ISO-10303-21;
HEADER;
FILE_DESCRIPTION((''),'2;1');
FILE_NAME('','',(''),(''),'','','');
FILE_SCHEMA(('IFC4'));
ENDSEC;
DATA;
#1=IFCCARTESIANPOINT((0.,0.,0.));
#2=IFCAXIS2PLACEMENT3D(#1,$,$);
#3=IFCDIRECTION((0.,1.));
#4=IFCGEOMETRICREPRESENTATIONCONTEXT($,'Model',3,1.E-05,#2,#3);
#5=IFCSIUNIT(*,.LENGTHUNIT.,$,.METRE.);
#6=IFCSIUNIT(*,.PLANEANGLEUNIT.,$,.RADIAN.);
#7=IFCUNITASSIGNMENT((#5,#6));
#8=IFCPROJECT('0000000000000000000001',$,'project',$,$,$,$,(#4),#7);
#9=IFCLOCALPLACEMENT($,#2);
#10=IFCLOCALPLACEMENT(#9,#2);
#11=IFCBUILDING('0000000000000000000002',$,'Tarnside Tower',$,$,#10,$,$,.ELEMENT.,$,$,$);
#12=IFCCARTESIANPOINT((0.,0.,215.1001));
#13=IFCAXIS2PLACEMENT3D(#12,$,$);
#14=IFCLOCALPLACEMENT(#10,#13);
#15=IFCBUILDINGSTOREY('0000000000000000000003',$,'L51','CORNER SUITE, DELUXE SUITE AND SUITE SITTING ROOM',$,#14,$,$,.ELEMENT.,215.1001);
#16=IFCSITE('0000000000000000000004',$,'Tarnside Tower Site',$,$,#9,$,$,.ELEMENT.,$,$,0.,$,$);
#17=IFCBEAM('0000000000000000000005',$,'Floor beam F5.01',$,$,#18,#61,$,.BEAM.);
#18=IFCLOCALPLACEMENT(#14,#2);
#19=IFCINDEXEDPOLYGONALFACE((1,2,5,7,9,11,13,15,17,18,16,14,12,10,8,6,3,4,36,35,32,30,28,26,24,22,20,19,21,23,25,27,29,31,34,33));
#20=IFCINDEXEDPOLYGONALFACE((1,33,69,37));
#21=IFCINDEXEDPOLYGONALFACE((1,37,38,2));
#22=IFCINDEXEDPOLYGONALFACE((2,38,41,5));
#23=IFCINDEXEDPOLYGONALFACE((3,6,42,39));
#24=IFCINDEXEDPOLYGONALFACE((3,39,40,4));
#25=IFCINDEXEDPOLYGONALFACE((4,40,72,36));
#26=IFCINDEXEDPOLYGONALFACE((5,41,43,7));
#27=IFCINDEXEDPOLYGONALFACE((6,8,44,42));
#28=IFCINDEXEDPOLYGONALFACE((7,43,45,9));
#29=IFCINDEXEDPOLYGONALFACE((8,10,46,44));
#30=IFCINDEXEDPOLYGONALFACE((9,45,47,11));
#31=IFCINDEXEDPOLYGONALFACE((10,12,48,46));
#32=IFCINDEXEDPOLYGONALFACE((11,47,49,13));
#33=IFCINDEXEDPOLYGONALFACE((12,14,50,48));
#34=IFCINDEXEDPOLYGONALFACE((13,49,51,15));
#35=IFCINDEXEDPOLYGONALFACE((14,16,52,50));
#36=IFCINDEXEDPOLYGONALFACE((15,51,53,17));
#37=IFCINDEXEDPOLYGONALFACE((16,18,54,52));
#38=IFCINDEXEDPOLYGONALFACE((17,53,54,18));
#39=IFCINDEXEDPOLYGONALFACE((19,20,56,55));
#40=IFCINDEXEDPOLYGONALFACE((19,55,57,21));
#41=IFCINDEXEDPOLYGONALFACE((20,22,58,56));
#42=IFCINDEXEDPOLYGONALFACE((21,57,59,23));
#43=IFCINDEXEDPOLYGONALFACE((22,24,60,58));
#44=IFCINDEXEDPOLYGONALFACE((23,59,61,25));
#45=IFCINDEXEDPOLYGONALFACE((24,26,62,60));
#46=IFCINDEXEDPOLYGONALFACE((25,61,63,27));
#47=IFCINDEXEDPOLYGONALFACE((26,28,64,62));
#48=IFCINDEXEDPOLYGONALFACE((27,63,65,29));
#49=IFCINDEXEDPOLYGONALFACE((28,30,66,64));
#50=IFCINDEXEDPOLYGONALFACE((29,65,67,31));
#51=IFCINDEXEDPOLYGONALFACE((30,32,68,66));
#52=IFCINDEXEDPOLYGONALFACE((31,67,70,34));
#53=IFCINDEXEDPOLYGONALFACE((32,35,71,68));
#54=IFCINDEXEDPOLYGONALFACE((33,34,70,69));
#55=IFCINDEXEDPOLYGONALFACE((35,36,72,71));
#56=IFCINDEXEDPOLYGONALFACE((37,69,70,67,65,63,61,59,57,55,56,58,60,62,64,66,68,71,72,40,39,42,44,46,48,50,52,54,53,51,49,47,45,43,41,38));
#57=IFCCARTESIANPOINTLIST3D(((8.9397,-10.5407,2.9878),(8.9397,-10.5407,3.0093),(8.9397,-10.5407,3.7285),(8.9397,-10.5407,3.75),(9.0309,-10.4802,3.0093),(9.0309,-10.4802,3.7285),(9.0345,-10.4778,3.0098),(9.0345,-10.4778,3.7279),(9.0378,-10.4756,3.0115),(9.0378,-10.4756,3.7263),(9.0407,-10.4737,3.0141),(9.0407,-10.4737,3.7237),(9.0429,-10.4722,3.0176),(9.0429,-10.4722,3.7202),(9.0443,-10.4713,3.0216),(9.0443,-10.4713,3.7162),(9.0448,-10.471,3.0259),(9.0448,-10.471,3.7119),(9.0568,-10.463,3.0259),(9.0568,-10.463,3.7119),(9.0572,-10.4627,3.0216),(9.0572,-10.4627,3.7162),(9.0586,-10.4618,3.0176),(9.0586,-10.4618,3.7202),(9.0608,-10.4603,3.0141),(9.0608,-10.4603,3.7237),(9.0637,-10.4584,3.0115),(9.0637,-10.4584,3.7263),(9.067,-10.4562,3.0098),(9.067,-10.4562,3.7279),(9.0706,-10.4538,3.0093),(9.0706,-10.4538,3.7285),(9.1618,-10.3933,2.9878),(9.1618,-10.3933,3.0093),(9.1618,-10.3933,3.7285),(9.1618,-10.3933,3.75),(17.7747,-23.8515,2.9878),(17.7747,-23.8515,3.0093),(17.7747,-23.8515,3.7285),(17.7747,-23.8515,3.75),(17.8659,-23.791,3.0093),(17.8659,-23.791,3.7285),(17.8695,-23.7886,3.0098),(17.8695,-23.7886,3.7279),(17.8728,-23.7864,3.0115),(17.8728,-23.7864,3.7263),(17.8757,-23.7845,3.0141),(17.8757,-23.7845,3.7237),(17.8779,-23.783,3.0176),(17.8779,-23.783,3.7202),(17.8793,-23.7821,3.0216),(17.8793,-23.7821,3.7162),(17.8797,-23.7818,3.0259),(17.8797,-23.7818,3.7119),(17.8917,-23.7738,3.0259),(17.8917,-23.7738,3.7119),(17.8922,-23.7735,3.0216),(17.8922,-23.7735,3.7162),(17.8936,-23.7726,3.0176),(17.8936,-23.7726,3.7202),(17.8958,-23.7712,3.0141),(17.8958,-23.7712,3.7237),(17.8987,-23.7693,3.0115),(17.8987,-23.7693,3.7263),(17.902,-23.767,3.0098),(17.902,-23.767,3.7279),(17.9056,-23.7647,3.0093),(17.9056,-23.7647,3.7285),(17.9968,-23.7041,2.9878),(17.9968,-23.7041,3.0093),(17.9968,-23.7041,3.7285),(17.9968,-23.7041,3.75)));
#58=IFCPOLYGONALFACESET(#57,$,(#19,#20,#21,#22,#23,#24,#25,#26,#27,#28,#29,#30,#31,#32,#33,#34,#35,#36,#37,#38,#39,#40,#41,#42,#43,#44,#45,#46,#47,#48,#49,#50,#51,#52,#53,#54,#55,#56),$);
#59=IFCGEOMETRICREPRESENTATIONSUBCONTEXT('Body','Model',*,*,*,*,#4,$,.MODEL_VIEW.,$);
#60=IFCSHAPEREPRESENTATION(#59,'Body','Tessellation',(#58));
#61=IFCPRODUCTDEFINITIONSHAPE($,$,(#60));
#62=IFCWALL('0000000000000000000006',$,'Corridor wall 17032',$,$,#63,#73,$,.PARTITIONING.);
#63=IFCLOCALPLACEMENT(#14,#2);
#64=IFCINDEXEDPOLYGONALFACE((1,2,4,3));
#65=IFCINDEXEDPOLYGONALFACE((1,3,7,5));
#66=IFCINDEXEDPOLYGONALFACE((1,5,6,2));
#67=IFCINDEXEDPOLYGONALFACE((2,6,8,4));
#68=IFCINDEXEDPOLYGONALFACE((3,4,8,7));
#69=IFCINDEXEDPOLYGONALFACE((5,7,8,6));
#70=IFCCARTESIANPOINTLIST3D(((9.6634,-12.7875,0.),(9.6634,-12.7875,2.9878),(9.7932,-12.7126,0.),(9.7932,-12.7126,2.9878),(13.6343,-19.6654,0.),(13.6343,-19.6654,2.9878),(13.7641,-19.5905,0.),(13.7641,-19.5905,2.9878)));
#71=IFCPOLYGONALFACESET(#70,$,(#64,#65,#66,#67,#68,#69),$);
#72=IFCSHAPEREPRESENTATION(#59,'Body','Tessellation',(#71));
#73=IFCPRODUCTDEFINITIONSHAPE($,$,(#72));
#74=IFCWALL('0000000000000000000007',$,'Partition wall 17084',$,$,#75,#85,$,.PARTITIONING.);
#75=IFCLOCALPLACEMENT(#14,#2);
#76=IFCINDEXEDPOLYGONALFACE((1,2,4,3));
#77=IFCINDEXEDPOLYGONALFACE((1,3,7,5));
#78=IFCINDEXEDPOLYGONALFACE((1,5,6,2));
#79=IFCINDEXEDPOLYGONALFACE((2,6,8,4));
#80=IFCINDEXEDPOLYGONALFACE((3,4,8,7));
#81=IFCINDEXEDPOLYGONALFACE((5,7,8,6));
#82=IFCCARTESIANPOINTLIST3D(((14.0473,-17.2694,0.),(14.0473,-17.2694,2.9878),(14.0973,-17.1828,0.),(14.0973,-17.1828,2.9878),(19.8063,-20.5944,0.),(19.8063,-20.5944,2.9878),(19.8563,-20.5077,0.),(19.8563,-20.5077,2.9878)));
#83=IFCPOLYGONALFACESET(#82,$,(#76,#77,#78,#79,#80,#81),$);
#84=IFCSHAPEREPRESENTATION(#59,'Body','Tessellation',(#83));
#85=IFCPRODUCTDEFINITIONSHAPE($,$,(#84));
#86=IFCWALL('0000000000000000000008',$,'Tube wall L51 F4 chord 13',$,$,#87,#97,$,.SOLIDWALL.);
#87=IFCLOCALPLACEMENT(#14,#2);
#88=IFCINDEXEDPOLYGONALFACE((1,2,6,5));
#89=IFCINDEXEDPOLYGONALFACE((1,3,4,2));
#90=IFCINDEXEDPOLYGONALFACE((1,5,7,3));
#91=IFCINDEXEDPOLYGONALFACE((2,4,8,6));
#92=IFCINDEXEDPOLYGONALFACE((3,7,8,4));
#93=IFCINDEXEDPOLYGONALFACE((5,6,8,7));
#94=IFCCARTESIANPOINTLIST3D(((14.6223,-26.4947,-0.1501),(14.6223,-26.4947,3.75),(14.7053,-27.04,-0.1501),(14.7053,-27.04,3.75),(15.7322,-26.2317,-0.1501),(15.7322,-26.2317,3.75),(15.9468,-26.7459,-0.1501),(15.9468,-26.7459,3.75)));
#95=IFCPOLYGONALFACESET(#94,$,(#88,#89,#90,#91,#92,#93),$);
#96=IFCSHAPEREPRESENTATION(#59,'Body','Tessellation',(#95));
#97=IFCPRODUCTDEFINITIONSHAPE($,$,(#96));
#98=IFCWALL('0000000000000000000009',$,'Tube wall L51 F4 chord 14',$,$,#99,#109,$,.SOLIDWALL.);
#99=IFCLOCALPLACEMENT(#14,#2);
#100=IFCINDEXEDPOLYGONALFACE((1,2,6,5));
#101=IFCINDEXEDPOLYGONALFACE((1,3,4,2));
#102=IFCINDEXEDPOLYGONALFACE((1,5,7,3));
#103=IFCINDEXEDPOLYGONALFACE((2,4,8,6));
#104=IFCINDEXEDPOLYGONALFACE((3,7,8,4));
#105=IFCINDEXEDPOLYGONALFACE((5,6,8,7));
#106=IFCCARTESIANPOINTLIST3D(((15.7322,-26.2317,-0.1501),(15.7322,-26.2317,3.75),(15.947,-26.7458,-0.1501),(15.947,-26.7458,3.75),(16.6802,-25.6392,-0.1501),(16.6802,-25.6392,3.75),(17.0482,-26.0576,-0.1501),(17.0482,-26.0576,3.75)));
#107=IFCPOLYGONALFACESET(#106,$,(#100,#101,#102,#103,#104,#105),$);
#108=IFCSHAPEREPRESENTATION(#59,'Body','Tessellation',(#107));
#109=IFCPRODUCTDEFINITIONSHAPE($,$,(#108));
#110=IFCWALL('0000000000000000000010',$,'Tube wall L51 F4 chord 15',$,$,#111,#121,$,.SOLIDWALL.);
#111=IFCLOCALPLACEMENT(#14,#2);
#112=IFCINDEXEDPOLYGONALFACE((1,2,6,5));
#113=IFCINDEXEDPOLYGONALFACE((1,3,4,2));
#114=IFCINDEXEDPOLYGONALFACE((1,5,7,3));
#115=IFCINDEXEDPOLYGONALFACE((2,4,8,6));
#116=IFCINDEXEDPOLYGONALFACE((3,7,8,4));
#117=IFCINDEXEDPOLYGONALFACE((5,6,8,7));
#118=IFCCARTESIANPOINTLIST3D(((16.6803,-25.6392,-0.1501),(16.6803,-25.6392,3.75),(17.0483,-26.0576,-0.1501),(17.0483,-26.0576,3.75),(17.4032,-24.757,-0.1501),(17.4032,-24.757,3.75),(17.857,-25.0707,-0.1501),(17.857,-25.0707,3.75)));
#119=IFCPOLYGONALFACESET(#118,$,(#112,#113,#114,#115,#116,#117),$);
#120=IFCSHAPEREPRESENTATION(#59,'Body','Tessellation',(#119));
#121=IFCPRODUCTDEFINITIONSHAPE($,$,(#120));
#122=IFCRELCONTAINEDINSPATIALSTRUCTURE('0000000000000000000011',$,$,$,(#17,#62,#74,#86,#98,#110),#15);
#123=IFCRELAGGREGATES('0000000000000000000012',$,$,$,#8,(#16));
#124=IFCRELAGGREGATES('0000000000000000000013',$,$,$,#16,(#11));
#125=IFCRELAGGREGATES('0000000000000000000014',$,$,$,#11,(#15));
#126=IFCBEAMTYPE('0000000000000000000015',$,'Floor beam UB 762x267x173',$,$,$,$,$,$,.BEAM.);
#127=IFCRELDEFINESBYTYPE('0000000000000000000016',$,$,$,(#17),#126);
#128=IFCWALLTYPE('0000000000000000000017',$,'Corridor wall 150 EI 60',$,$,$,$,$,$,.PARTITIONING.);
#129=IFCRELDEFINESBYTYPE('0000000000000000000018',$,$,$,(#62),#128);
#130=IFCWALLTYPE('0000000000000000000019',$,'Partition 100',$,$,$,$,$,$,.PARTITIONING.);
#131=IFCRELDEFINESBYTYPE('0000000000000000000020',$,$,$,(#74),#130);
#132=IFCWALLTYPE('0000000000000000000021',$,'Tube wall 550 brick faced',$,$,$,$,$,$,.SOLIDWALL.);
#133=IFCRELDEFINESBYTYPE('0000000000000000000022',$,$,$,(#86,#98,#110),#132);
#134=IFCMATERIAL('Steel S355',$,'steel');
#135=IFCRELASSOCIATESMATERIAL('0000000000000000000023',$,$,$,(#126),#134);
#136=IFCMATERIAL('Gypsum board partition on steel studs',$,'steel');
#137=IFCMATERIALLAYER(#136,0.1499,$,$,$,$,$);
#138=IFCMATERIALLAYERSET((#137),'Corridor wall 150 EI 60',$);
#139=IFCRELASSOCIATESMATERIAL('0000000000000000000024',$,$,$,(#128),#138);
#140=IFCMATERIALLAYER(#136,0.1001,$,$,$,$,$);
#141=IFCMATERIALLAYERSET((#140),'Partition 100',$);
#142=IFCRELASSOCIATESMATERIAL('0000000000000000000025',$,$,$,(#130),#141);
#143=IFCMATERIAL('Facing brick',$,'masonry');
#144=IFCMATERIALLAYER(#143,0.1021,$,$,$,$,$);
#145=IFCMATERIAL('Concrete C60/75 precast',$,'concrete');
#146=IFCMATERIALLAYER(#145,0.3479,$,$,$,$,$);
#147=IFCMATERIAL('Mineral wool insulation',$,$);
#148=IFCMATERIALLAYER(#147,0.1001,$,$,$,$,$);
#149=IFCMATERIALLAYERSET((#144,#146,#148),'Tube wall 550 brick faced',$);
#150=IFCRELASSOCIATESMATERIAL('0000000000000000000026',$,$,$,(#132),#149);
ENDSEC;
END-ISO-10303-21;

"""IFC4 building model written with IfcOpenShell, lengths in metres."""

from ifc_helpers import new_model, si_unit, direction, frame, frame_2d, origin, origin_2d, place, context, subcontext, project, spatial, polyline, rectangle, i_section, outline, extrude, material, layer, layer_set, material_profile, profile_set, type_object, element, save


model = new_model("IFC4")

# Units and contexts
model_context = context("Model", 3, precision=1e-05, world=origin(), true_north=direction((0.0, 1.0)))
body_context = subcontext(model_context, "Body", "Model", "MODEL_VIEW")
ifc_project = project(units=[si_unit("LENGTHUNIT", "METRE"), si_unit("PLANEANGLEUNIT", "RADIAN")], contexts=[model_context])

# Site, building, storey
site_placement = place(None, origin())
site = spatial("IfcSite", under=ifc_project, at=site_placement, Name="Tarnside Tower Site", CompositionType="ELEMENT", RefElevation=0.0)
building_placement = place(site_placement, origin())
building = spatial("IfcBuilding", under=site, at=building_placement, Name="Tarnside Tower", CompositionType="ELEMENT")
storey_placement = place(building_placement, frame((0.0, 0.0, 215.1001)))
storey = spatial("IfcBuildingStorey", under=building, at=storey_placement, Name="L51", Description="CORNER SUITE, DELUXE SUITE AND SUITE SITTING ROOM", CompositionType="ELEMENT", Elevation=215.1001)

# Beam
ifc_material_1 = material(Name="Steel S355", Category="steel")
ifc_material_profile_1 = material_profile(ifc_material_1, i_section(OverallWidth=0.2666, OverallDepth=0.7622, WebThickness=0.0144, FlangeThickness=0.0215, FilletRadius=0.0166, at=origin_2d()), Name="UB 762x267x173")
ifc_profile_set_1 = profile_set([ifc_material_profile_1], Name="Steel S355")
beam_type_1 = type_object("IfcBeamType", Name="Floor beam UB 762x267x173", PredefinedType="BEAM", material=ifc_profile_set_1)
beam_1_placement = place(storey_placement, frame((17.8857, -23.7778, 3.3689), z_axis=(-0.553013, 0.833172, 0.0), x_axis=(-0.833172, -0.553013, 0.0)))
element("IfcBeam", 1, at=beam_1_placement, inside=storey, type_object=beam_type_1, Name="Floor beam F5.01", PredefinedType="BEAM", context=body_context, shape_type="SweptSolid", body=[
    extrude(i_section(OverallWidth=0.2666, OverallDepth=0.7622, WebThickness=0.0144, FlangeThickness=0.0215, FilletRadius=0.0166, at=origin_2d()), origin(), (0.0, 0.0, 1.0), 15.9761),
])

# Walls
ifc_material_2 = material(Name="Gypsum board partition on steel studs", Category="steel")
ifc_layer_1 = layer(ifc_material_2, 0.1499)
ifc_layer_set_1 = layer_set([ifc_layer_1], Name="Corridor wall 150 EI 60")
wall_type_1 = type_object("IfcWallType", Name="Corridor wall 150 EI 60", PredefinedType="PARTITIONING", material=ifc_layer_set_1)
wall_1_placement = place(storey_placement, frame((13.6992, -19.6279, 0.0), z_axis=(0.0, 0.0, 1.0), x_axis=(-0.499997, 0.866027, 0.0)))
element("IfcWall", 2, at=wall_1_placement, inside=storey, type_object=wall_type_1, Name="Corridor wall 17032", PredefinedType="PARTITIONING", context=body_context, shape_type="SweptSolid", body=[
    extrude(rectangle(XDim=7.9419, YDim=0.1499, at=frame_2d((3.9709, 0.0))), origin(), (0.0, 0.0, 1.0), 2.9878),
])
ifc_layer_2 = layer(ifc_material_2, 0.1001)
ifc_layer_set_2 = layer_set([ifc_layer_2], Name="Partition 100")
wall_type_2 = type_object("IfcWallType", Name="Partition 100", PredefinedType="PARTITIONING", material=ifc_layer_set_2)
wall_2_placement = place(storey_placement, frame((19.8313, -20.551, 0.0), z_axis=(0.0, 0.0, 1.0), x_axis=(-0.866027, 0.499997, 0.0)))
element("IfcWall", 3, at=wall_2_placement, inside=storey, type_object=wall_type_2, Name="Partition wall 17084", PredefinedType="PARTITIONING", context=body_context, shape_type="SweptSolid", body=[
    extrude(rectangle(XDim=6.6499, YDim=0.1001, at=frame_2d((3.325, 0.0))), origin(), (0.0, 0.0, 1.0), 2.9878),
])
ifc_material_3 = material(Name="Facing brick", Category="masonry")
ifc_layer_3 = layer(ifc_material_3, 0.1021)
ifc_material_4 = material(Name="Concrete C60/75 precast", Category="concrete")
ifc_layer_4 = layer(ifc_material_4, 0.3479)
ifc_material_5 = material(Name="Mineral wool insulation")
ifc_layer_5 = layer(ifc_material_5, 0.1001)
ifc_layer_set_3 = layer_set([ifc_layer_3, ifc_layer_4, ifc_layer_5], Name="Tube wall 550 brick faced")
wall_type_3 = type_object("IfcWallType", Name="Tube wall 550 brick faced", PredefinedType="SOLIDWALL", material=ifc_layer_set_3)
wall_3_placement = place(storey_placement, frame((14.6638, -26.7673, -0.1501), z_axis=(0.0, 0.0, 1.0), x_axis=(0.973064, 0.230537, 0.0)))
element("IfcWall", 4, at=wall_3_placement, inside=storey, type_object=wall_type_3, Name="Tube wall L51 F4 chord 13", PredefinedType="SOLIDWALL", context=body_context, shape_type="SweptSolid", body=[
    extrude(outline(polyline([(-0.0225, -0.2749), (1.2534, -0.2749), (1.1631, 0.2749), (0.0225, 0.2749), (-0.0225, -0.2749)])), origin(), (0.0, 0.0, 1.0), 3.9001),
])
wall_4_placement = place(storey_placement, frame((15.8396, -26.4888, -0.1501), z_axis=(0.0, 0.0, 1.0), x_axis=(0.84801, 0.529981, 0.0)))
element("IfcWall", 5, at=wall_4_placement, inside=storey, type_object=wall_type_3, Name="Tube wall L51 F4 chord 14", PredefinedType="SOLIDWALL", context=body_context, shape_type="SweptSolid", body=[
    extrude(outline(polyline([(-0.0452, -0.2749), (1.2534, -0.2749), (1.1631, 0.2749), (0.0452, 0.2749), (-0.0452, -0.2749)])), origin(), (0.0, 0.0, 1.0), 3.9001),
])
wall_5_placement = place(storey_placement, frame((16.8643, -25.8484, -0.1501), z_axis=(0.0, 0.0, 1.0), x_axis=(0.633843, 0.773462, 0.0)))
element("IfcWall", 6, at=wall_5_placement, inside=storey, type_object=wall_type_3, Name="Tube wall L51 F4 chord 15", PredefinedType="SOLIDWALL", context=body_context, shape_type="SweptSolid", body=[
    extrude(outline(polyline([(-0.0452, -0.2749), (1.2307, -0.2749), (1.1858, 0.2749), (0.0452, 0.2749), (-0.0452, -0.2749)])), origin(), (0.0, 0.0, 1.0), 3.9001),
])

save(model, "model.ifc")
